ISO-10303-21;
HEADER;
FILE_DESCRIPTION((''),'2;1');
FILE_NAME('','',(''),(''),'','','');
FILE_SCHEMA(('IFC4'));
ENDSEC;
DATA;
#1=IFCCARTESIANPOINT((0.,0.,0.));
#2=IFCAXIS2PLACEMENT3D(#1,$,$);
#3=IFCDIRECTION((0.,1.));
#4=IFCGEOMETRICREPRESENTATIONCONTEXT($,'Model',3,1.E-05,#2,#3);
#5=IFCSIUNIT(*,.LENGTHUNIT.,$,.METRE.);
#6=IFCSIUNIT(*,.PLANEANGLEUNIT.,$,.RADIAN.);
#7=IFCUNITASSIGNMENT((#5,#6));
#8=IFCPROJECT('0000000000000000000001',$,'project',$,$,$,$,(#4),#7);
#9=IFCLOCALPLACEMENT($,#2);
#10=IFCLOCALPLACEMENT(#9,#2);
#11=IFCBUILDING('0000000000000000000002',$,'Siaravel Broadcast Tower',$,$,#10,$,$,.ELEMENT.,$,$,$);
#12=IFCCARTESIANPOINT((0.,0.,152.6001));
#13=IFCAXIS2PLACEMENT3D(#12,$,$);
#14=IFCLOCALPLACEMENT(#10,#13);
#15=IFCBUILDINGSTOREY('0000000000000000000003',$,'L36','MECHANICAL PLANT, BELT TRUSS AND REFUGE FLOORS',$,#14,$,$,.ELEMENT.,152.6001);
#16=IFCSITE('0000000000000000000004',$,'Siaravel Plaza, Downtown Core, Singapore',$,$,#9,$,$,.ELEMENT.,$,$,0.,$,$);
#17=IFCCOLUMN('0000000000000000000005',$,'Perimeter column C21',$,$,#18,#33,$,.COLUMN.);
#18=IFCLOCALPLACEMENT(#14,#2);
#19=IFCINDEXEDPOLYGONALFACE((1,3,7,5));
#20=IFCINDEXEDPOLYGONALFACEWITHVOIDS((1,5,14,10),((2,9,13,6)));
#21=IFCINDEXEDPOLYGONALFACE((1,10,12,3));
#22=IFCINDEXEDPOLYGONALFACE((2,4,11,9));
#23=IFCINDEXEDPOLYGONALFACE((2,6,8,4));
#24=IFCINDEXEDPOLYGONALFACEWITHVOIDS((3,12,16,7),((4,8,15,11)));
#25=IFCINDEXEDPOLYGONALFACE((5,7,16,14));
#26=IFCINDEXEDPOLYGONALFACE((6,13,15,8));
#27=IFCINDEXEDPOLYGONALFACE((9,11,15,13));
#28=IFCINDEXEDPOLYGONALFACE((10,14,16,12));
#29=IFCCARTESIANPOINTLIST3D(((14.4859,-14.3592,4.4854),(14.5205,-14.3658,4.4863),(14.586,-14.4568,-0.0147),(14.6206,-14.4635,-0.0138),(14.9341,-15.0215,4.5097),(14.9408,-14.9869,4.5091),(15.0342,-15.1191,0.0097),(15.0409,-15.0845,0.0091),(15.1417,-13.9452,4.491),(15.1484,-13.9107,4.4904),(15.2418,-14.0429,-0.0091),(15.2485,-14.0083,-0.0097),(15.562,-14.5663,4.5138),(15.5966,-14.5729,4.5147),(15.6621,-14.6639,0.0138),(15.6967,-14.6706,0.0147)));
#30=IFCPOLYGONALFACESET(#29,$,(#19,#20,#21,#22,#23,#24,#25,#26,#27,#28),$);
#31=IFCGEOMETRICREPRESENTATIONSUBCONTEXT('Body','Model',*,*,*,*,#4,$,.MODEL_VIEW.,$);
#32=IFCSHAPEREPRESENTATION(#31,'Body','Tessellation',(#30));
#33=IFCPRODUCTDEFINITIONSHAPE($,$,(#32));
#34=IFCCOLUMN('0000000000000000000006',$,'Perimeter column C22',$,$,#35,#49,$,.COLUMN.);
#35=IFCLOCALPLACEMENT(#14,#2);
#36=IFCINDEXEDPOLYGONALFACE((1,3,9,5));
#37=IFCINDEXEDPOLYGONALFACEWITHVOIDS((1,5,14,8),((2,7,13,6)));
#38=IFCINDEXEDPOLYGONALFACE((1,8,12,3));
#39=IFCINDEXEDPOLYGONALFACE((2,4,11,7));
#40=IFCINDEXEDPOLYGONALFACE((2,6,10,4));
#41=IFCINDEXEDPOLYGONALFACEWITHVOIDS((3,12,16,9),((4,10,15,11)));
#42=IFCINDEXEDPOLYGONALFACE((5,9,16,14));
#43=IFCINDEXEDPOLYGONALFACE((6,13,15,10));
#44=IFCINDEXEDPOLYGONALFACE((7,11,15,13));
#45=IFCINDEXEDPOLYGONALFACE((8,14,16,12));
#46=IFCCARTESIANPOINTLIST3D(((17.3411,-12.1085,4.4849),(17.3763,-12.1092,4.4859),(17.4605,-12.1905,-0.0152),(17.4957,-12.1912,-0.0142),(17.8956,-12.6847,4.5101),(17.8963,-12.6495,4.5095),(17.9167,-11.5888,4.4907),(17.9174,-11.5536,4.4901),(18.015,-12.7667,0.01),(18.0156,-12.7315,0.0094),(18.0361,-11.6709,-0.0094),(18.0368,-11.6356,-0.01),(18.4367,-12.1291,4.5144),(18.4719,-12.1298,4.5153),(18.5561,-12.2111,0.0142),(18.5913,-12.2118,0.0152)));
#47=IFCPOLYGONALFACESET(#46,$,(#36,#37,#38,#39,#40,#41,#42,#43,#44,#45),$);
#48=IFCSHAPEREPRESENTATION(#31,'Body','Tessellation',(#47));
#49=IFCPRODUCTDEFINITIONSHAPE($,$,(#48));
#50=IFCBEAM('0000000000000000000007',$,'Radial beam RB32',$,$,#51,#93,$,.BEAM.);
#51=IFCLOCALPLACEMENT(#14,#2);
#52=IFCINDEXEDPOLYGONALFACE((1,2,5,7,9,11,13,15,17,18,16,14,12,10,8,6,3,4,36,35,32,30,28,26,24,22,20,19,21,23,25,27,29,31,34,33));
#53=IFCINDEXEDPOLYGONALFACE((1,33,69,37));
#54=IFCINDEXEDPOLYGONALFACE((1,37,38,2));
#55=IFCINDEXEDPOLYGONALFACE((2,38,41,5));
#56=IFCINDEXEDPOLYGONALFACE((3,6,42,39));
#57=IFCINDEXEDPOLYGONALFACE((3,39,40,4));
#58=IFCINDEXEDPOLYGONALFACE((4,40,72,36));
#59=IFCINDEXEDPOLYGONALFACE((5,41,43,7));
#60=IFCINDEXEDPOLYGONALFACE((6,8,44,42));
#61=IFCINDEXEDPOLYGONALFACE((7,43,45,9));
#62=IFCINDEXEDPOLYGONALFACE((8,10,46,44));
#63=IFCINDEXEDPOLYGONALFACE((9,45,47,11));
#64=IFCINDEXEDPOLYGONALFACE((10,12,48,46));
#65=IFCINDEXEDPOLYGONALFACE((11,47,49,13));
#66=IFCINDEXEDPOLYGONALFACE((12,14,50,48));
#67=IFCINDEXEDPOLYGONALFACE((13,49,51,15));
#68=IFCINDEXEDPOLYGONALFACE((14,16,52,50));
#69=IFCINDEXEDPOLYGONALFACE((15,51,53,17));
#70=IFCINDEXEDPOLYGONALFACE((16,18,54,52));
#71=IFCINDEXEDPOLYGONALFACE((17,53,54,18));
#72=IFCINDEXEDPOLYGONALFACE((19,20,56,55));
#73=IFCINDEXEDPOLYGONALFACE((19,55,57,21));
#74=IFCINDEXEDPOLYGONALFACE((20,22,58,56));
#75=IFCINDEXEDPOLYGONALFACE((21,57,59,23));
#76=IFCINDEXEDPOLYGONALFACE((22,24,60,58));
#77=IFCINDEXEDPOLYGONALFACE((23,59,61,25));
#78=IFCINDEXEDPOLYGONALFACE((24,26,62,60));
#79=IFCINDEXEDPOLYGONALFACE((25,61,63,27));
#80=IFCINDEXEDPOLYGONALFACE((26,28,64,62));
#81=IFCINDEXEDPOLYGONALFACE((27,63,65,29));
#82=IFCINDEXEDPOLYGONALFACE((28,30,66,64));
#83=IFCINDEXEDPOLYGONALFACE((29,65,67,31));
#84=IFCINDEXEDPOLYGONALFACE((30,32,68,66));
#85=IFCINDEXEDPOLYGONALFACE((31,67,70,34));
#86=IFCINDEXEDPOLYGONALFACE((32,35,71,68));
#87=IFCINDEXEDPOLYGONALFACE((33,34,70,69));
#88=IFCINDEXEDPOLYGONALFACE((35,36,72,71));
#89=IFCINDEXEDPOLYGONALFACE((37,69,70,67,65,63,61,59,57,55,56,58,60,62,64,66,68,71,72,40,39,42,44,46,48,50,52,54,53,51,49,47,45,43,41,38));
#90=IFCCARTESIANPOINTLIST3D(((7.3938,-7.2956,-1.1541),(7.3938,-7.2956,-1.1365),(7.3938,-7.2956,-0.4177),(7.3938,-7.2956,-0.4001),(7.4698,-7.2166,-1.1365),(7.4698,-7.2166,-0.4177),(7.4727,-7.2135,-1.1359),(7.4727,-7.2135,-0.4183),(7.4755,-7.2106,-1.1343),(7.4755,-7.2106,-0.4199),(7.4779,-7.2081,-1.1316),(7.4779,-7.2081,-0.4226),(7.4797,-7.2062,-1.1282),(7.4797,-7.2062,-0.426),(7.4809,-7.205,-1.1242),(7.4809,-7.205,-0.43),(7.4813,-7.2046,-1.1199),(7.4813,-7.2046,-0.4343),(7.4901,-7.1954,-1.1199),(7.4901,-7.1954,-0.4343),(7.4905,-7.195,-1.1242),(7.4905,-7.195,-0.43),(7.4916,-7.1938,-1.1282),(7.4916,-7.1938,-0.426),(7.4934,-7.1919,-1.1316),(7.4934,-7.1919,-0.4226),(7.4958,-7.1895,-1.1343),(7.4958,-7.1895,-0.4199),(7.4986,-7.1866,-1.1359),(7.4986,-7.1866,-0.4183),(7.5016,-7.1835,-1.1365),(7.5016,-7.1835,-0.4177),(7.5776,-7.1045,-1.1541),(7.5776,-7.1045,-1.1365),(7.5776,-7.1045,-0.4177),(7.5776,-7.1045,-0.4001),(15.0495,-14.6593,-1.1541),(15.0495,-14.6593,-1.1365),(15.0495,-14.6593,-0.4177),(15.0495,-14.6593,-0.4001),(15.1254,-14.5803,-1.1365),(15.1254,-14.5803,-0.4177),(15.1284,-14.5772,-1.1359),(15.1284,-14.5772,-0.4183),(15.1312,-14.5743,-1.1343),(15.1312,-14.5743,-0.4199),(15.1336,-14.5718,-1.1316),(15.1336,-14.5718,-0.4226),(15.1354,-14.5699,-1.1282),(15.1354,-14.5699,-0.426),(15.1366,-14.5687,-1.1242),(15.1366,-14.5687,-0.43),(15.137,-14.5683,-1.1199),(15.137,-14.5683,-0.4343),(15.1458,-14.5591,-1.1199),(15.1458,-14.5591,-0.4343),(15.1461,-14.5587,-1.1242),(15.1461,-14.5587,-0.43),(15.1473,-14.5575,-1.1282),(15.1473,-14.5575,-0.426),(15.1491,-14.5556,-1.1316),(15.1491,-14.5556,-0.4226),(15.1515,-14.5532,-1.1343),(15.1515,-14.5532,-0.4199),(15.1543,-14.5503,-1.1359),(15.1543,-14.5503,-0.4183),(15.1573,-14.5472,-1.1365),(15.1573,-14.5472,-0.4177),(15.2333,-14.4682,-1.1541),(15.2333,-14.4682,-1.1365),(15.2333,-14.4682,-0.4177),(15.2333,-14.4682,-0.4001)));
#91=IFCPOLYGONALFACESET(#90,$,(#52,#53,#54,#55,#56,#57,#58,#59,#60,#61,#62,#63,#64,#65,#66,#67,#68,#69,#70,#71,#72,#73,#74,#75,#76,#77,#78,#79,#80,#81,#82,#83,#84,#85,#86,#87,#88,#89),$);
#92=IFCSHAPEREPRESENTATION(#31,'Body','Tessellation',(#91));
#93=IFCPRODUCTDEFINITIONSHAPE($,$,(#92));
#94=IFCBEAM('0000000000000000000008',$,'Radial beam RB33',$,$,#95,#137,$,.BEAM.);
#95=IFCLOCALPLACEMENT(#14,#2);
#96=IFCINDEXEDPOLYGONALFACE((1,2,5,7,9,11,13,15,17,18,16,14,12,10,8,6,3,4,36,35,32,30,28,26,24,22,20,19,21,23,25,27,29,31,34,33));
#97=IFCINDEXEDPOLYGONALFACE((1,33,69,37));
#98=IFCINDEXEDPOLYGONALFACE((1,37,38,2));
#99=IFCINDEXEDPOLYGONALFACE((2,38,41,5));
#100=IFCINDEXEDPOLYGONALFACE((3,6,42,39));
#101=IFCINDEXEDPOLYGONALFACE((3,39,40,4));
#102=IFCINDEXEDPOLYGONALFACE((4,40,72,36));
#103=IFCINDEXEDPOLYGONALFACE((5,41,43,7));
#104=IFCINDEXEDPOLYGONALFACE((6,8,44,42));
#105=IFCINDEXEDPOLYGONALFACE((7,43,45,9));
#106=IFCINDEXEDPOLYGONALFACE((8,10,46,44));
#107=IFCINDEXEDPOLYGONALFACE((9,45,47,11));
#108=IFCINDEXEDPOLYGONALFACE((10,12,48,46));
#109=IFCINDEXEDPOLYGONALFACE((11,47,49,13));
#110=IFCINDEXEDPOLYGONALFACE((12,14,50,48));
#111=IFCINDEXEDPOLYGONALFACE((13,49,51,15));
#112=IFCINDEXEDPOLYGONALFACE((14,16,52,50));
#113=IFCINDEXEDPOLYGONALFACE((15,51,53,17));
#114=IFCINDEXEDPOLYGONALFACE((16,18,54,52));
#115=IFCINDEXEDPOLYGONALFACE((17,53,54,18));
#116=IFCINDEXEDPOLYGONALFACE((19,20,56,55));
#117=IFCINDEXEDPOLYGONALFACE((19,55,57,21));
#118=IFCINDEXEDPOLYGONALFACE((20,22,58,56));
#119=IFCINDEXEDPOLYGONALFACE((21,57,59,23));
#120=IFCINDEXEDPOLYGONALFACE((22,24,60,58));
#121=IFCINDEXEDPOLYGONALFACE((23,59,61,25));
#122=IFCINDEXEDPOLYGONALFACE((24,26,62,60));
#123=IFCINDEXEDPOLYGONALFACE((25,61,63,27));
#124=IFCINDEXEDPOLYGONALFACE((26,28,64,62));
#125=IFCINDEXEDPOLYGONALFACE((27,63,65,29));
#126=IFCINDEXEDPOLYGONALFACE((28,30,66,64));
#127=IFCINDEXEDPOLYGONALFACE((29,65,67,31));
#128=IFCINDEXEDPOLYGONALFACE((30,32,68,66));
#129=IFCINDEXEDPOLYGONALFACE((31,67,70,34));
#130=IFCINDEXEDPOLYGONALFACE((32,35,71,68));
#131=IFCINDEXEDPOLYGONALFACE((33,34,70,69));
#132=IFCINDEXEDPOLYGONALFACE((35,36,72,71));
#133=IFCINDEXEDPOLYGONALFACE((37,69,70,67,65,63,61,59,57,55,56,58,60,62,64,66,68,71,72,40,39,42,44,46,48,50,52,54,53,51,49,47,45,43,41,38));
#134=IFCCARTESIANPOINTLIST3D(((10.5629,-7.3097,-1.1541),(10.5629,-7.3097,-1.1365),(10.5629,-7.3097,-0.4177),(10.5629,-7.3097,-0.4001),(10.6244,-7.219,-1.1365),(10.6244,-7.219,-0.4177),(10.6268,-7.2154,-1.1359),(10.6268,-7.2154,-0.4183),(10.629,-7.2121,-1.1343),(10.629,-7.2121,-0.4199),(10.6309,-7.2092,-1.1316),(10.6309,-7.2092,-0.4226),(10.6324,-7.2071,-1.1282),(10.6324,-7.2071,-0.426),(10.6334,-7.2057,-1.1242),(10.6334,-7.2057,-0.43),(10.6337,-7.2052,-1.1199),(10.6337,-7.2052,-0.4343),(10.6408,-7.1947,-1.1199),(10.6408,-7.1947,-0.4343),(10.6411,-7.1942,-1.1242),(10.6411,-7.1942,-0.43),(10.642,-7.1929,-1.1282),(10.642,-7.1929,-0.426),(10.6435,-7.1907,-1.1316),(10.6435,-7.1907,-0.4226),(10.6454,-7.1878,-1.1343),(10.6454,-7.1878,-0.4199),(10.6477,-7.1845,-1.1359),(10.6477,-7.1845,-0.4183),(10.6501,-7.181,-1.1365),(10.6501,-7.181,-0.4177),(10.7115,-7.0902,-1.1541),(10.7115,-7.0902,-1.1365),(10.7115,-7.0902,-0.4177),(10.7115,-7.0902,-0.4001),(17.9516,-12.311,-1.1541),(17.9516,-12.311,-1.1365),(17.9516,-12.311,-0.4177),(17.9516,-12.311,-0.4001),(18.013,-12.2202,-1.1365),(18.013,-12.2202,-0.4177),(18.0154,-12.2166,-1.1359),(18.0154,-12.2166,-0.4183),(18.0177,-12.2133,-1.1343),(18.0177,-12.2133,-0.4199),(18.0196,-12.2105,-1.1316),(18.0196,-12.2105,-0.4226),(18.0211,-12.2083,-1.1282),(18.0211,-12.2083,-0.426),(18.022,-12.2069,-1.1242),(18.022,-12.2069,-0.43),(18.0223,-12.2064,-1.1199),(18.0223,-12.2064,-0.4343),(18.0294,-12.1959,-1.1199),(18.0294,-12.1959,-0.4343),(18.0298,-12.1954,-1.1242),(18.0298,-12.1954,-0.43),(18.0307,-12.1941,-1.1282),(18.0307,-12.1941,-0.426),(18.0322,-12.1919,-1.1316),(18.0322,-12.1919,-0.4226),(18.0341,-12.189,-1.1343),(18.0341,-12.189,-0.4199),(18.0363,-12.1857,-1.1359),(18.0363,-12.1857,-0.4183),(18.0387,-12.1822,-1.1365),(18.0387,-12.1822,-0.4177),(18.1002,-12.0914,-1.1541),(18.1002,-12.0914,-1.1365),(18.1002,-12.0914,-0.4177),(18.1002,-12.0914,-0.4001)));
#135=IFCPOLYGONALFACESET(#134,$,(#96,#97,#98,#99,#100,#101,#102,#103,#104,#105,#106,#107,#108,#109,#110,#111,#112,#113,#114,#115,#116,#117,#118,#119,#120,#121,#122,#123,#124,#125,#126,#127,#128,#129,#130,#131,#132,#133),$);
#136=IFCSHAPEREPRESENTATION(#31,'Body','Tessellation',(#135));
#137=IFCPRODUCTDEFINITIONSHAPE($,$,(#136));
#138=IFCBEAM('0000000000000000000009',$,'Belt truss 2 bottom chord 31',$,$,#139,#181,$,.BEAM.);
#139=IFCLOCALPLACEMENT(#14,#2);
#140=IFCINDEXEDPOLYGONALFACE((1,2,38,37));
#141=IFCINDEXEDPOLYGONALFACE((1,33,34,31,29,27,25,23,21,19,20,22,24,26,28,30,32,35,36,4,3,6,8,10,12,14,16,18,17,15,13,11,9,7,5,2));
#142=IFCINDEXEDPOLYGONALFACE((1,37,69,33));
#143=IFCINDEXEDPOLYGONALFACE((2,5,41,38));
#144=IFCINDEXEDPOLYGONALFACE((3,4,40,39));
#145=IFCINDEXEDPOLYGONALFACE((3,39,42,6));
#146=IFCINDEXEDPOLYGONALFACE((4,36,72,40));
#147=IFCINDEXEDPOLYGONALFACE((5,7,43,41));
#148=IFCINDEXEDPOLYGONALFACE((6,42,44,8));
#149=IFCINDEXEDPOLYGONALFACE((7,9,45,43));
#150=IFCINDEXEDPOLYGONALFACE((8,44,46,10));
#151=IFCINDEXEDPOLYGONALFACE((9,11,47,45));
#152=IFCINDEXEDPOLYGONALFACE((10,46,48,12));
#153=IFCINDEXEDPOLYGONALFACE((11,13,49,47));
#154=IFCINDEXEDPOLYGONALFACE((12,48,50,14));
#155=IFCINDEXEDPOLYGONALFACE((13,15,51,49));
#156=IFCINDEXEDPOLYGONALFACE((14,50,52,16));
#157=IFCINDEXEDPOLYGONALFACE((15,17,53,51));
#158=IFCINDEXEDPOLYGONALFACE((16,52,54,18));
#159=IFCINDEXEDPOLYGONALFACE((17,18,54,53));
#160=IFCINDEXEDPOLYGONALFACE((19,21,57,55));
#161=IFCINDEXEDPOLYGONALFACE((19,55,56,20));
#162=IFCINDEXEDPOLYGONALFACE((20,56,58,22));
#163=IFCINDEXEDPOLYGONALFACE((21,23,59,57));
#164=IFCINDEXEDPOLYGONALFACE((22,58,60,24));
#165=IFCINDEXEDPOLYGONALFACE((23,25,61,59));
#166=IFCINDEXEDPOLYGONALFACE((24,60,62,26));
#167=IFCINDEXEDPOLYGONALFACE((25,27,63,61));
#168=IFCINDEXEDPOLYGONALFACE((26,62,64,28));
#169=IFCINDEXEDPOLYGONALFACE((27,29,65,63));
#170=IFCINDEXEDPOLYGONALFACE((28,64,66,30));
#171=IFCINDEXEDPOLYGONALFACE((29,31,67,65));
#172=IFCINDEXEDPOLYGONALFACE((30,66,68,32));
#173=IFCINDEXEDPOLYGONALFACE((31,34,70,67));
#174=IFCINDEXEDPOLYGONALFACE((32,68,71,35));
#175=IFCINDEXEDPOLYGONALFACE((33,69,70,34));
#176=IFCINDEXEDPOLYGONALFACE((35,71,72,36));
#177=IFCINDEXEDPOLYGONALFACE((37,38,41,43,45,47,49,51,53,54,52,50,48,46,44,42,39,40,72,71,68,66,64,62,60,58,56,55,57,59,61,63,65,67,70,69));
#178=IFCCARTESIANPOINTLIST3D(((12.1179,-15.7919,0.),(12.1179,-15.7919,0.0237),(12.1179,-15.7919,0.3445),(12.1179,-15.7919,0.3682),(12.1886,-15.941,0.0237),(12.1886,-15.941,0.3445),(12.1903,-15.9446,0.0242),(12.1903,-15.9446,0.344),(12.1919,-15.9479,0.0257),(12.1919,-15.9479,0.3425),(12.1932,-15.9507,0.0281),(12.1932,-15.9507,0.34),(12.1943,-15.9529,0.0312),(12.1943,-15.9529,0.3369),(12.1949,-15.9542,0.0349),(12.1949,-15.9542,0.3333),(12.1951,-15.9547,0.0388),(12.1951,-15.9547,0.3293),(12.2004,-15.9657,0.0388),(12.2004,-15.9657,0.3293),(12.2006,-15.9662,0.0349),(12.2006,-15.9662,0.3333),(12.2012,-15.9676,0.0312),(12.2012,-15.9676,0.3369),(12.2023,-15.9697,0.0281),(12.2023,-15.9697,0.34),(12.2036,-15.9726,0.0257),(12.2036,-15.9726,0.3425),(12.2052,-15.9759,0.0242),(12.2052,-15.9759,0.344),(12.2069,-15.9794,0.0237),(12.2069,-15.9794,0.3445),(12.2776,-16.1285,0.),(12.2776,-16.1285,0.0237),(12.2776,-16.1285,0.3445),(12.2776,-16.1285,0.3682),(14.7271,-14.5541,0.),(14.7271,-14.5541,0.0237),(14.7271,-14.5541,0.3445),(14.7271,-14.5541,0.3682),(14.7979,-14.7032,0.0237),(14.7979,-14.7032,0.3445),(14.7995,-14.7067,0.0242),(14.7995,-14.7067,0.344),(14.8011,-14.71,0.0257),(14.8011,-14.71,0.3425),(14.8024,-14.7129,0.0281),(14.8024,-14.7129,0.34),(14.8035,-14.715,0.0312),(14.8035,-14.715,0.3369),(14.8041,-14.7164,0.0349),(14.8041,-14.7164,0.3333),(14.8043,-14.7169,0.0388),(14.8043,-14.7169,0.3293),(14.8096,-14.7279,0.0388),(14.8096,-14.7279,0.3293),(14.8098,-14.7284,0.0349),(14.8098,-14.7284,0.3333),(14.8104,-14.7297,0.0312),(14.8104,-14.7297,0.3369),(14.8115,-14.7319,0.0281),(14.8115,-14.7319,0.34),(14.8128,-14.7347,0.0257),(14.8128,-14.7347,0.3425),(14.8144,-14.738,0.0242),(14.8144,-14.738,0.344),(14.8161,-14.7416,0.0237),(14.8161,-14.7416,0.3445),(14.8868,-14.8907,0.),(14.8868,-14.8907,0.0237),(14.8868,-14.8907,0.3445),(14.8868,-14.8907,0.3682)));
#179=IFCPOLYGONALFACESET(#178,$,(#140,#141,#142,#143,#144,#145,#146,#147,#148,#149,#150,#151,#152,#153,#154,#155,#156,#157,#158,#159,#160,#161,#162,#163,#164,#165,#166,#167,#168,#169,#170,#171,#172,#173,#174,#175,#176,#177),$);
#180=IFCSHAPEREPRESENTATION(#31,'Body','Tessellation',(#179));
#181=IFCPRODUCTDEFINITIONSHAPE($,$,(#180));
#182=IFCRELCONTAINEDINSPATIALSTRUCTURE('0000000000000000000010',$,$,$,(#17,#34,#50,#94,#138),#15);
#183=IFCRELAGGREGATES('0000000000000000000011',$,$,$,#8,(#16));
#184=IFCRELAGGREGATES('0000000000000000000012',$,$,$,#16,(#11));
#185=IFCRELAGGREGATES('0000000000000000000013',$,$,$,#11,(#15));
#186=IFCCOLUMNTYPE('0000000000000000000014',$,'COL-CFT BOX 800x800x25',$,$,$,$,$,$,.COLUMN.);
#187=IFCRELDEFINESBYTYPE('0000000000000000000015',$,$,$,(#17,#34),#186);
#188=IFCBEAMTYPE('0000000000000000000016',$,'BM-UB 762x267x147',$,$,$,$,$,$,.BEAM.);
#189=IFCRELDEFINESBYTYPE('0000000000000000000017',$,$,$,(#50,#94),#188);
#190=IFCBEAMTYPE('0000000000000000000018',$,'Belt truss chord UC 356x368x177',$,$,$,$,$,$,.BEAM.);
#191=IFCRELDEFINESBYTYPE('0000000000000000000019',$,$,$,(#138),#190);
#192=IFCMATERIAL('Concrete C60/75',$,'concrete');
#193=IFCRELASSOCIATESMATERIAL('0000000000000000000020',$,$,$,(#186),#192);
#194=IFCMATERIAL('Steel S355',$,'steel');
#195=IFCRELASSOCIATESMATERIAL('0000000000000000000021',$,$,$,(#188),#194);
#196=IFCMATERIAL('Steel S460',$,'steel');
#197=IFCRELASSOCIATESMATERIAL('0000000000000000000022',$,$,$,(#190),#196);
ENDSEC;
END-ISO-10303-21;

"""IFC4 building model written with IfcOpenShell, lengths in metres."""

from ifc_helpers import new_model, si_unit, direction, frame, origin, origin_2d, place, context, subcontext, project, spatial, hollow_rectangle, i_section, extrude, material, material_profile, profile_set, type_object, element, save


model = new_model("IFC4")

# Units and contexts
model_context = context("Model", 3, precision=1e-05, world=origin(), true_north=direction((0.0, 1.0)))
body_context = subcontext(model_context, "Body", "Model", "MODEL_VIEW")
ifc_project = project(units=[si_unit("LENGTHUNIT", "METRE"), si_unit("PLANEANGLEUNIT", "RADIAN")], contexts=[model_context])

# Site, building, storey
site_placement = place(None, origin())
site = spatial("IfcSite", under=ifc_project, at=site_placement, Name="Siaravel Plaza, Downtown Core, Singapore", CompositionType="ELEMENT", RefElevation=0.0)
building_placement = place(site_placement, origin())
building = spatial("IfcBuilding", under=site, at=building_placement, Name="Siaravel Broadcast Tower", CompositionType="ELEMENT")
storey_placement = place(building_placement, frame((0.0, 0.0, 152.6001)))
storey = spatial("IfcBuildingStorey", under=building, at=storey_placement, Name="L36", Description="MECHANICAL PLANT, BELT TRUSS AND REFUGE FLOORS", CompositionType="ELEMENT", Elevation=152.6001)

# Columns
ifc_material_1 = material(Name="Concrete C60/75", Category="concrete")
ifc_material_profile_1 = material_profile(ifc_material_1, hollow_rectangle(XDim=0.8, YDim=0.8, WallThickness=0.0249, at=origin_2d()))
ifc_profile_set_1 = profile_set([ifc_material_profile_1], Name="Concrete C60/75")
column_type = type_object("IfcColumnType", Name="COL-CFT BOX 800x800x25", PredefinedType="COLUMN", material=ifc_profile_set_1)
column_1_placement = place(storey_placement, frame((15.1414, -14.5637, 0.0), z_axis=(-0.022233, 0.021691, 0.999517), x_axis=(-0.828046, -0.560625, -0.006253)))
element("IfcColumn", 1, at=column_1_placement, inside=storey, type_object=column_type, Name="Perimeter column C21", PredefinedType="COLUMN", context=body_context, shape_type="SweptSolid", body=[
    extrude(hollow_rectangle(XDim=0.8, YDim=0.8, WallThickness=0.0249, at=origin_2d()), origin(), (0.0, 0.0, 1.0), 4.5022),
])
column_2_placement = place(storey_placement, frame((18.0259, -12.2012, 0.0), z_axis=(-0.026516, 0.01822, 0.999482), x_axis=(-0.720364, -0.693566, -0.006468)))
element("IfcColumn", 2, at=column_2_placement, inside=storey, type_object=column_type, Name="Perimeter column C22", PredefinedType="COLUMN", context=body_context, shape_type="SweptSolid", body=[
    extrude(hollow_rectangle(XDim=0.8, YDim=0.8, WallThickness=0.0249, at=origin_2d()), origin(), (0.0, 0.0, 1.0), 4.5024),
])

# Beams
ifc_material_2 = material(Name="Steel S355", Category="steel")
ifc_material_profile_2 = material_profile(ifc_material_2, i_section(OverallWidth=0.2651, OverallDepth=0.7539, WebThickness=0.0127, FlangeThickness=0.0176, FilletRadius=0.0166, at=origin_2d()))
ifc_profile_set_2 = profile_set([ifc_material_profile_2], Name="Steel S355")
beam_type_1 = type_object("IfcBeamType", Name="BM-UB 762x267x147", PredefinedType="BEAM", material=ifc_profile_set_2)
beam_1_placement = place(storey_placement, frame((15.1414, -14.5637, -0.7771), z_axis=(-0.720717, 0.693229, 0.0), x_axis=(-0.693229, -0.720717, 0.0)))
element("IfcBeam", 3, at=beam_1_placement, inside=storey, type_object=beam_type_1, Name="Radial beam RB32", PredefinedType="BEAM", context=body_context, shape_type="SweptSolid", body=[
    extrude(i_section(OverallWidth=0.2651, OverallDepth=0.7539, WebThickness=0.0127, FlangeThickness=0.0176, FilletRadius=0.0166, at=origin_2d()), origin(), (0.0, 0.0, 1.0), 10.6223),
])
beam_2_placement = place(storey_placement, frame((18.0259, -12.2012, -0.7771), z_axis=(-0.828127, 0.56054, 0.0), x_axis=(-0.56054, -0.828127, 0.0)))
element("IfcBeam", 4, at=beam_2_placement, inside=storey, type_object=beam_type_1, Name="Radial beam RB33", PredefinedType="BEAM", context=body_context, shape_type="SweptSolid", body=[
    extrude(i_section(OverallWidth=0.2651, OverallDepth=0.7539, WebThickness=0.0127, FlangeThickness=0.0176, FilletRadius=0.0166, at=origin_2d()), origin(), (0.0, 0.0, 1.0), 8.9221),
])
ifc_material_3 = material(Name="Steel S460", Category="steel")
ifc_material_profile_3 = material_profile(ifc_material_3, i_section(OverallWidth=0.3726, OverallDepth=0.3682, WebThickness=0.0122, FlangeThickness=0.0237, FilletRadius=0.0151, at=origin_2d()))
ifc_profile_set_3 = profile_set([ifc_material_profile_3], Name="Steel S460")
beam_type_2 = type_object("IfcBeamType", Name="Belt truss chord UC 356x368x177", PredefinedType="BEAM", material=ifc_profile_set_3)
beam_3_placement = place(storey_placement, frame((12.1978, -15.9602, 0.1841), z_axis=(0.903485, 0.42862, 0.0), x_axis=(-0.42862, 0.903485, 0.0)))
element("IfcBeam", 5, at=beam_3_placement, inside=storey, type_object=beam_type_2, Name="Belt truss 2 bottom chord 31", PredefinedType="BEAM", context=body_context, shape_type="SweptSolid", body=[
    extrude(i_section(OverallWidth=0.3726, OverallDepth=0.3682, WebThickness=0.0122, FlangeThickness=0.0237, FilletRadius=0.0151, at=origin_2d()), origin(), (0.0, 0.0, 1.0), 2.8879),
])

save(model, "model.ifc")
